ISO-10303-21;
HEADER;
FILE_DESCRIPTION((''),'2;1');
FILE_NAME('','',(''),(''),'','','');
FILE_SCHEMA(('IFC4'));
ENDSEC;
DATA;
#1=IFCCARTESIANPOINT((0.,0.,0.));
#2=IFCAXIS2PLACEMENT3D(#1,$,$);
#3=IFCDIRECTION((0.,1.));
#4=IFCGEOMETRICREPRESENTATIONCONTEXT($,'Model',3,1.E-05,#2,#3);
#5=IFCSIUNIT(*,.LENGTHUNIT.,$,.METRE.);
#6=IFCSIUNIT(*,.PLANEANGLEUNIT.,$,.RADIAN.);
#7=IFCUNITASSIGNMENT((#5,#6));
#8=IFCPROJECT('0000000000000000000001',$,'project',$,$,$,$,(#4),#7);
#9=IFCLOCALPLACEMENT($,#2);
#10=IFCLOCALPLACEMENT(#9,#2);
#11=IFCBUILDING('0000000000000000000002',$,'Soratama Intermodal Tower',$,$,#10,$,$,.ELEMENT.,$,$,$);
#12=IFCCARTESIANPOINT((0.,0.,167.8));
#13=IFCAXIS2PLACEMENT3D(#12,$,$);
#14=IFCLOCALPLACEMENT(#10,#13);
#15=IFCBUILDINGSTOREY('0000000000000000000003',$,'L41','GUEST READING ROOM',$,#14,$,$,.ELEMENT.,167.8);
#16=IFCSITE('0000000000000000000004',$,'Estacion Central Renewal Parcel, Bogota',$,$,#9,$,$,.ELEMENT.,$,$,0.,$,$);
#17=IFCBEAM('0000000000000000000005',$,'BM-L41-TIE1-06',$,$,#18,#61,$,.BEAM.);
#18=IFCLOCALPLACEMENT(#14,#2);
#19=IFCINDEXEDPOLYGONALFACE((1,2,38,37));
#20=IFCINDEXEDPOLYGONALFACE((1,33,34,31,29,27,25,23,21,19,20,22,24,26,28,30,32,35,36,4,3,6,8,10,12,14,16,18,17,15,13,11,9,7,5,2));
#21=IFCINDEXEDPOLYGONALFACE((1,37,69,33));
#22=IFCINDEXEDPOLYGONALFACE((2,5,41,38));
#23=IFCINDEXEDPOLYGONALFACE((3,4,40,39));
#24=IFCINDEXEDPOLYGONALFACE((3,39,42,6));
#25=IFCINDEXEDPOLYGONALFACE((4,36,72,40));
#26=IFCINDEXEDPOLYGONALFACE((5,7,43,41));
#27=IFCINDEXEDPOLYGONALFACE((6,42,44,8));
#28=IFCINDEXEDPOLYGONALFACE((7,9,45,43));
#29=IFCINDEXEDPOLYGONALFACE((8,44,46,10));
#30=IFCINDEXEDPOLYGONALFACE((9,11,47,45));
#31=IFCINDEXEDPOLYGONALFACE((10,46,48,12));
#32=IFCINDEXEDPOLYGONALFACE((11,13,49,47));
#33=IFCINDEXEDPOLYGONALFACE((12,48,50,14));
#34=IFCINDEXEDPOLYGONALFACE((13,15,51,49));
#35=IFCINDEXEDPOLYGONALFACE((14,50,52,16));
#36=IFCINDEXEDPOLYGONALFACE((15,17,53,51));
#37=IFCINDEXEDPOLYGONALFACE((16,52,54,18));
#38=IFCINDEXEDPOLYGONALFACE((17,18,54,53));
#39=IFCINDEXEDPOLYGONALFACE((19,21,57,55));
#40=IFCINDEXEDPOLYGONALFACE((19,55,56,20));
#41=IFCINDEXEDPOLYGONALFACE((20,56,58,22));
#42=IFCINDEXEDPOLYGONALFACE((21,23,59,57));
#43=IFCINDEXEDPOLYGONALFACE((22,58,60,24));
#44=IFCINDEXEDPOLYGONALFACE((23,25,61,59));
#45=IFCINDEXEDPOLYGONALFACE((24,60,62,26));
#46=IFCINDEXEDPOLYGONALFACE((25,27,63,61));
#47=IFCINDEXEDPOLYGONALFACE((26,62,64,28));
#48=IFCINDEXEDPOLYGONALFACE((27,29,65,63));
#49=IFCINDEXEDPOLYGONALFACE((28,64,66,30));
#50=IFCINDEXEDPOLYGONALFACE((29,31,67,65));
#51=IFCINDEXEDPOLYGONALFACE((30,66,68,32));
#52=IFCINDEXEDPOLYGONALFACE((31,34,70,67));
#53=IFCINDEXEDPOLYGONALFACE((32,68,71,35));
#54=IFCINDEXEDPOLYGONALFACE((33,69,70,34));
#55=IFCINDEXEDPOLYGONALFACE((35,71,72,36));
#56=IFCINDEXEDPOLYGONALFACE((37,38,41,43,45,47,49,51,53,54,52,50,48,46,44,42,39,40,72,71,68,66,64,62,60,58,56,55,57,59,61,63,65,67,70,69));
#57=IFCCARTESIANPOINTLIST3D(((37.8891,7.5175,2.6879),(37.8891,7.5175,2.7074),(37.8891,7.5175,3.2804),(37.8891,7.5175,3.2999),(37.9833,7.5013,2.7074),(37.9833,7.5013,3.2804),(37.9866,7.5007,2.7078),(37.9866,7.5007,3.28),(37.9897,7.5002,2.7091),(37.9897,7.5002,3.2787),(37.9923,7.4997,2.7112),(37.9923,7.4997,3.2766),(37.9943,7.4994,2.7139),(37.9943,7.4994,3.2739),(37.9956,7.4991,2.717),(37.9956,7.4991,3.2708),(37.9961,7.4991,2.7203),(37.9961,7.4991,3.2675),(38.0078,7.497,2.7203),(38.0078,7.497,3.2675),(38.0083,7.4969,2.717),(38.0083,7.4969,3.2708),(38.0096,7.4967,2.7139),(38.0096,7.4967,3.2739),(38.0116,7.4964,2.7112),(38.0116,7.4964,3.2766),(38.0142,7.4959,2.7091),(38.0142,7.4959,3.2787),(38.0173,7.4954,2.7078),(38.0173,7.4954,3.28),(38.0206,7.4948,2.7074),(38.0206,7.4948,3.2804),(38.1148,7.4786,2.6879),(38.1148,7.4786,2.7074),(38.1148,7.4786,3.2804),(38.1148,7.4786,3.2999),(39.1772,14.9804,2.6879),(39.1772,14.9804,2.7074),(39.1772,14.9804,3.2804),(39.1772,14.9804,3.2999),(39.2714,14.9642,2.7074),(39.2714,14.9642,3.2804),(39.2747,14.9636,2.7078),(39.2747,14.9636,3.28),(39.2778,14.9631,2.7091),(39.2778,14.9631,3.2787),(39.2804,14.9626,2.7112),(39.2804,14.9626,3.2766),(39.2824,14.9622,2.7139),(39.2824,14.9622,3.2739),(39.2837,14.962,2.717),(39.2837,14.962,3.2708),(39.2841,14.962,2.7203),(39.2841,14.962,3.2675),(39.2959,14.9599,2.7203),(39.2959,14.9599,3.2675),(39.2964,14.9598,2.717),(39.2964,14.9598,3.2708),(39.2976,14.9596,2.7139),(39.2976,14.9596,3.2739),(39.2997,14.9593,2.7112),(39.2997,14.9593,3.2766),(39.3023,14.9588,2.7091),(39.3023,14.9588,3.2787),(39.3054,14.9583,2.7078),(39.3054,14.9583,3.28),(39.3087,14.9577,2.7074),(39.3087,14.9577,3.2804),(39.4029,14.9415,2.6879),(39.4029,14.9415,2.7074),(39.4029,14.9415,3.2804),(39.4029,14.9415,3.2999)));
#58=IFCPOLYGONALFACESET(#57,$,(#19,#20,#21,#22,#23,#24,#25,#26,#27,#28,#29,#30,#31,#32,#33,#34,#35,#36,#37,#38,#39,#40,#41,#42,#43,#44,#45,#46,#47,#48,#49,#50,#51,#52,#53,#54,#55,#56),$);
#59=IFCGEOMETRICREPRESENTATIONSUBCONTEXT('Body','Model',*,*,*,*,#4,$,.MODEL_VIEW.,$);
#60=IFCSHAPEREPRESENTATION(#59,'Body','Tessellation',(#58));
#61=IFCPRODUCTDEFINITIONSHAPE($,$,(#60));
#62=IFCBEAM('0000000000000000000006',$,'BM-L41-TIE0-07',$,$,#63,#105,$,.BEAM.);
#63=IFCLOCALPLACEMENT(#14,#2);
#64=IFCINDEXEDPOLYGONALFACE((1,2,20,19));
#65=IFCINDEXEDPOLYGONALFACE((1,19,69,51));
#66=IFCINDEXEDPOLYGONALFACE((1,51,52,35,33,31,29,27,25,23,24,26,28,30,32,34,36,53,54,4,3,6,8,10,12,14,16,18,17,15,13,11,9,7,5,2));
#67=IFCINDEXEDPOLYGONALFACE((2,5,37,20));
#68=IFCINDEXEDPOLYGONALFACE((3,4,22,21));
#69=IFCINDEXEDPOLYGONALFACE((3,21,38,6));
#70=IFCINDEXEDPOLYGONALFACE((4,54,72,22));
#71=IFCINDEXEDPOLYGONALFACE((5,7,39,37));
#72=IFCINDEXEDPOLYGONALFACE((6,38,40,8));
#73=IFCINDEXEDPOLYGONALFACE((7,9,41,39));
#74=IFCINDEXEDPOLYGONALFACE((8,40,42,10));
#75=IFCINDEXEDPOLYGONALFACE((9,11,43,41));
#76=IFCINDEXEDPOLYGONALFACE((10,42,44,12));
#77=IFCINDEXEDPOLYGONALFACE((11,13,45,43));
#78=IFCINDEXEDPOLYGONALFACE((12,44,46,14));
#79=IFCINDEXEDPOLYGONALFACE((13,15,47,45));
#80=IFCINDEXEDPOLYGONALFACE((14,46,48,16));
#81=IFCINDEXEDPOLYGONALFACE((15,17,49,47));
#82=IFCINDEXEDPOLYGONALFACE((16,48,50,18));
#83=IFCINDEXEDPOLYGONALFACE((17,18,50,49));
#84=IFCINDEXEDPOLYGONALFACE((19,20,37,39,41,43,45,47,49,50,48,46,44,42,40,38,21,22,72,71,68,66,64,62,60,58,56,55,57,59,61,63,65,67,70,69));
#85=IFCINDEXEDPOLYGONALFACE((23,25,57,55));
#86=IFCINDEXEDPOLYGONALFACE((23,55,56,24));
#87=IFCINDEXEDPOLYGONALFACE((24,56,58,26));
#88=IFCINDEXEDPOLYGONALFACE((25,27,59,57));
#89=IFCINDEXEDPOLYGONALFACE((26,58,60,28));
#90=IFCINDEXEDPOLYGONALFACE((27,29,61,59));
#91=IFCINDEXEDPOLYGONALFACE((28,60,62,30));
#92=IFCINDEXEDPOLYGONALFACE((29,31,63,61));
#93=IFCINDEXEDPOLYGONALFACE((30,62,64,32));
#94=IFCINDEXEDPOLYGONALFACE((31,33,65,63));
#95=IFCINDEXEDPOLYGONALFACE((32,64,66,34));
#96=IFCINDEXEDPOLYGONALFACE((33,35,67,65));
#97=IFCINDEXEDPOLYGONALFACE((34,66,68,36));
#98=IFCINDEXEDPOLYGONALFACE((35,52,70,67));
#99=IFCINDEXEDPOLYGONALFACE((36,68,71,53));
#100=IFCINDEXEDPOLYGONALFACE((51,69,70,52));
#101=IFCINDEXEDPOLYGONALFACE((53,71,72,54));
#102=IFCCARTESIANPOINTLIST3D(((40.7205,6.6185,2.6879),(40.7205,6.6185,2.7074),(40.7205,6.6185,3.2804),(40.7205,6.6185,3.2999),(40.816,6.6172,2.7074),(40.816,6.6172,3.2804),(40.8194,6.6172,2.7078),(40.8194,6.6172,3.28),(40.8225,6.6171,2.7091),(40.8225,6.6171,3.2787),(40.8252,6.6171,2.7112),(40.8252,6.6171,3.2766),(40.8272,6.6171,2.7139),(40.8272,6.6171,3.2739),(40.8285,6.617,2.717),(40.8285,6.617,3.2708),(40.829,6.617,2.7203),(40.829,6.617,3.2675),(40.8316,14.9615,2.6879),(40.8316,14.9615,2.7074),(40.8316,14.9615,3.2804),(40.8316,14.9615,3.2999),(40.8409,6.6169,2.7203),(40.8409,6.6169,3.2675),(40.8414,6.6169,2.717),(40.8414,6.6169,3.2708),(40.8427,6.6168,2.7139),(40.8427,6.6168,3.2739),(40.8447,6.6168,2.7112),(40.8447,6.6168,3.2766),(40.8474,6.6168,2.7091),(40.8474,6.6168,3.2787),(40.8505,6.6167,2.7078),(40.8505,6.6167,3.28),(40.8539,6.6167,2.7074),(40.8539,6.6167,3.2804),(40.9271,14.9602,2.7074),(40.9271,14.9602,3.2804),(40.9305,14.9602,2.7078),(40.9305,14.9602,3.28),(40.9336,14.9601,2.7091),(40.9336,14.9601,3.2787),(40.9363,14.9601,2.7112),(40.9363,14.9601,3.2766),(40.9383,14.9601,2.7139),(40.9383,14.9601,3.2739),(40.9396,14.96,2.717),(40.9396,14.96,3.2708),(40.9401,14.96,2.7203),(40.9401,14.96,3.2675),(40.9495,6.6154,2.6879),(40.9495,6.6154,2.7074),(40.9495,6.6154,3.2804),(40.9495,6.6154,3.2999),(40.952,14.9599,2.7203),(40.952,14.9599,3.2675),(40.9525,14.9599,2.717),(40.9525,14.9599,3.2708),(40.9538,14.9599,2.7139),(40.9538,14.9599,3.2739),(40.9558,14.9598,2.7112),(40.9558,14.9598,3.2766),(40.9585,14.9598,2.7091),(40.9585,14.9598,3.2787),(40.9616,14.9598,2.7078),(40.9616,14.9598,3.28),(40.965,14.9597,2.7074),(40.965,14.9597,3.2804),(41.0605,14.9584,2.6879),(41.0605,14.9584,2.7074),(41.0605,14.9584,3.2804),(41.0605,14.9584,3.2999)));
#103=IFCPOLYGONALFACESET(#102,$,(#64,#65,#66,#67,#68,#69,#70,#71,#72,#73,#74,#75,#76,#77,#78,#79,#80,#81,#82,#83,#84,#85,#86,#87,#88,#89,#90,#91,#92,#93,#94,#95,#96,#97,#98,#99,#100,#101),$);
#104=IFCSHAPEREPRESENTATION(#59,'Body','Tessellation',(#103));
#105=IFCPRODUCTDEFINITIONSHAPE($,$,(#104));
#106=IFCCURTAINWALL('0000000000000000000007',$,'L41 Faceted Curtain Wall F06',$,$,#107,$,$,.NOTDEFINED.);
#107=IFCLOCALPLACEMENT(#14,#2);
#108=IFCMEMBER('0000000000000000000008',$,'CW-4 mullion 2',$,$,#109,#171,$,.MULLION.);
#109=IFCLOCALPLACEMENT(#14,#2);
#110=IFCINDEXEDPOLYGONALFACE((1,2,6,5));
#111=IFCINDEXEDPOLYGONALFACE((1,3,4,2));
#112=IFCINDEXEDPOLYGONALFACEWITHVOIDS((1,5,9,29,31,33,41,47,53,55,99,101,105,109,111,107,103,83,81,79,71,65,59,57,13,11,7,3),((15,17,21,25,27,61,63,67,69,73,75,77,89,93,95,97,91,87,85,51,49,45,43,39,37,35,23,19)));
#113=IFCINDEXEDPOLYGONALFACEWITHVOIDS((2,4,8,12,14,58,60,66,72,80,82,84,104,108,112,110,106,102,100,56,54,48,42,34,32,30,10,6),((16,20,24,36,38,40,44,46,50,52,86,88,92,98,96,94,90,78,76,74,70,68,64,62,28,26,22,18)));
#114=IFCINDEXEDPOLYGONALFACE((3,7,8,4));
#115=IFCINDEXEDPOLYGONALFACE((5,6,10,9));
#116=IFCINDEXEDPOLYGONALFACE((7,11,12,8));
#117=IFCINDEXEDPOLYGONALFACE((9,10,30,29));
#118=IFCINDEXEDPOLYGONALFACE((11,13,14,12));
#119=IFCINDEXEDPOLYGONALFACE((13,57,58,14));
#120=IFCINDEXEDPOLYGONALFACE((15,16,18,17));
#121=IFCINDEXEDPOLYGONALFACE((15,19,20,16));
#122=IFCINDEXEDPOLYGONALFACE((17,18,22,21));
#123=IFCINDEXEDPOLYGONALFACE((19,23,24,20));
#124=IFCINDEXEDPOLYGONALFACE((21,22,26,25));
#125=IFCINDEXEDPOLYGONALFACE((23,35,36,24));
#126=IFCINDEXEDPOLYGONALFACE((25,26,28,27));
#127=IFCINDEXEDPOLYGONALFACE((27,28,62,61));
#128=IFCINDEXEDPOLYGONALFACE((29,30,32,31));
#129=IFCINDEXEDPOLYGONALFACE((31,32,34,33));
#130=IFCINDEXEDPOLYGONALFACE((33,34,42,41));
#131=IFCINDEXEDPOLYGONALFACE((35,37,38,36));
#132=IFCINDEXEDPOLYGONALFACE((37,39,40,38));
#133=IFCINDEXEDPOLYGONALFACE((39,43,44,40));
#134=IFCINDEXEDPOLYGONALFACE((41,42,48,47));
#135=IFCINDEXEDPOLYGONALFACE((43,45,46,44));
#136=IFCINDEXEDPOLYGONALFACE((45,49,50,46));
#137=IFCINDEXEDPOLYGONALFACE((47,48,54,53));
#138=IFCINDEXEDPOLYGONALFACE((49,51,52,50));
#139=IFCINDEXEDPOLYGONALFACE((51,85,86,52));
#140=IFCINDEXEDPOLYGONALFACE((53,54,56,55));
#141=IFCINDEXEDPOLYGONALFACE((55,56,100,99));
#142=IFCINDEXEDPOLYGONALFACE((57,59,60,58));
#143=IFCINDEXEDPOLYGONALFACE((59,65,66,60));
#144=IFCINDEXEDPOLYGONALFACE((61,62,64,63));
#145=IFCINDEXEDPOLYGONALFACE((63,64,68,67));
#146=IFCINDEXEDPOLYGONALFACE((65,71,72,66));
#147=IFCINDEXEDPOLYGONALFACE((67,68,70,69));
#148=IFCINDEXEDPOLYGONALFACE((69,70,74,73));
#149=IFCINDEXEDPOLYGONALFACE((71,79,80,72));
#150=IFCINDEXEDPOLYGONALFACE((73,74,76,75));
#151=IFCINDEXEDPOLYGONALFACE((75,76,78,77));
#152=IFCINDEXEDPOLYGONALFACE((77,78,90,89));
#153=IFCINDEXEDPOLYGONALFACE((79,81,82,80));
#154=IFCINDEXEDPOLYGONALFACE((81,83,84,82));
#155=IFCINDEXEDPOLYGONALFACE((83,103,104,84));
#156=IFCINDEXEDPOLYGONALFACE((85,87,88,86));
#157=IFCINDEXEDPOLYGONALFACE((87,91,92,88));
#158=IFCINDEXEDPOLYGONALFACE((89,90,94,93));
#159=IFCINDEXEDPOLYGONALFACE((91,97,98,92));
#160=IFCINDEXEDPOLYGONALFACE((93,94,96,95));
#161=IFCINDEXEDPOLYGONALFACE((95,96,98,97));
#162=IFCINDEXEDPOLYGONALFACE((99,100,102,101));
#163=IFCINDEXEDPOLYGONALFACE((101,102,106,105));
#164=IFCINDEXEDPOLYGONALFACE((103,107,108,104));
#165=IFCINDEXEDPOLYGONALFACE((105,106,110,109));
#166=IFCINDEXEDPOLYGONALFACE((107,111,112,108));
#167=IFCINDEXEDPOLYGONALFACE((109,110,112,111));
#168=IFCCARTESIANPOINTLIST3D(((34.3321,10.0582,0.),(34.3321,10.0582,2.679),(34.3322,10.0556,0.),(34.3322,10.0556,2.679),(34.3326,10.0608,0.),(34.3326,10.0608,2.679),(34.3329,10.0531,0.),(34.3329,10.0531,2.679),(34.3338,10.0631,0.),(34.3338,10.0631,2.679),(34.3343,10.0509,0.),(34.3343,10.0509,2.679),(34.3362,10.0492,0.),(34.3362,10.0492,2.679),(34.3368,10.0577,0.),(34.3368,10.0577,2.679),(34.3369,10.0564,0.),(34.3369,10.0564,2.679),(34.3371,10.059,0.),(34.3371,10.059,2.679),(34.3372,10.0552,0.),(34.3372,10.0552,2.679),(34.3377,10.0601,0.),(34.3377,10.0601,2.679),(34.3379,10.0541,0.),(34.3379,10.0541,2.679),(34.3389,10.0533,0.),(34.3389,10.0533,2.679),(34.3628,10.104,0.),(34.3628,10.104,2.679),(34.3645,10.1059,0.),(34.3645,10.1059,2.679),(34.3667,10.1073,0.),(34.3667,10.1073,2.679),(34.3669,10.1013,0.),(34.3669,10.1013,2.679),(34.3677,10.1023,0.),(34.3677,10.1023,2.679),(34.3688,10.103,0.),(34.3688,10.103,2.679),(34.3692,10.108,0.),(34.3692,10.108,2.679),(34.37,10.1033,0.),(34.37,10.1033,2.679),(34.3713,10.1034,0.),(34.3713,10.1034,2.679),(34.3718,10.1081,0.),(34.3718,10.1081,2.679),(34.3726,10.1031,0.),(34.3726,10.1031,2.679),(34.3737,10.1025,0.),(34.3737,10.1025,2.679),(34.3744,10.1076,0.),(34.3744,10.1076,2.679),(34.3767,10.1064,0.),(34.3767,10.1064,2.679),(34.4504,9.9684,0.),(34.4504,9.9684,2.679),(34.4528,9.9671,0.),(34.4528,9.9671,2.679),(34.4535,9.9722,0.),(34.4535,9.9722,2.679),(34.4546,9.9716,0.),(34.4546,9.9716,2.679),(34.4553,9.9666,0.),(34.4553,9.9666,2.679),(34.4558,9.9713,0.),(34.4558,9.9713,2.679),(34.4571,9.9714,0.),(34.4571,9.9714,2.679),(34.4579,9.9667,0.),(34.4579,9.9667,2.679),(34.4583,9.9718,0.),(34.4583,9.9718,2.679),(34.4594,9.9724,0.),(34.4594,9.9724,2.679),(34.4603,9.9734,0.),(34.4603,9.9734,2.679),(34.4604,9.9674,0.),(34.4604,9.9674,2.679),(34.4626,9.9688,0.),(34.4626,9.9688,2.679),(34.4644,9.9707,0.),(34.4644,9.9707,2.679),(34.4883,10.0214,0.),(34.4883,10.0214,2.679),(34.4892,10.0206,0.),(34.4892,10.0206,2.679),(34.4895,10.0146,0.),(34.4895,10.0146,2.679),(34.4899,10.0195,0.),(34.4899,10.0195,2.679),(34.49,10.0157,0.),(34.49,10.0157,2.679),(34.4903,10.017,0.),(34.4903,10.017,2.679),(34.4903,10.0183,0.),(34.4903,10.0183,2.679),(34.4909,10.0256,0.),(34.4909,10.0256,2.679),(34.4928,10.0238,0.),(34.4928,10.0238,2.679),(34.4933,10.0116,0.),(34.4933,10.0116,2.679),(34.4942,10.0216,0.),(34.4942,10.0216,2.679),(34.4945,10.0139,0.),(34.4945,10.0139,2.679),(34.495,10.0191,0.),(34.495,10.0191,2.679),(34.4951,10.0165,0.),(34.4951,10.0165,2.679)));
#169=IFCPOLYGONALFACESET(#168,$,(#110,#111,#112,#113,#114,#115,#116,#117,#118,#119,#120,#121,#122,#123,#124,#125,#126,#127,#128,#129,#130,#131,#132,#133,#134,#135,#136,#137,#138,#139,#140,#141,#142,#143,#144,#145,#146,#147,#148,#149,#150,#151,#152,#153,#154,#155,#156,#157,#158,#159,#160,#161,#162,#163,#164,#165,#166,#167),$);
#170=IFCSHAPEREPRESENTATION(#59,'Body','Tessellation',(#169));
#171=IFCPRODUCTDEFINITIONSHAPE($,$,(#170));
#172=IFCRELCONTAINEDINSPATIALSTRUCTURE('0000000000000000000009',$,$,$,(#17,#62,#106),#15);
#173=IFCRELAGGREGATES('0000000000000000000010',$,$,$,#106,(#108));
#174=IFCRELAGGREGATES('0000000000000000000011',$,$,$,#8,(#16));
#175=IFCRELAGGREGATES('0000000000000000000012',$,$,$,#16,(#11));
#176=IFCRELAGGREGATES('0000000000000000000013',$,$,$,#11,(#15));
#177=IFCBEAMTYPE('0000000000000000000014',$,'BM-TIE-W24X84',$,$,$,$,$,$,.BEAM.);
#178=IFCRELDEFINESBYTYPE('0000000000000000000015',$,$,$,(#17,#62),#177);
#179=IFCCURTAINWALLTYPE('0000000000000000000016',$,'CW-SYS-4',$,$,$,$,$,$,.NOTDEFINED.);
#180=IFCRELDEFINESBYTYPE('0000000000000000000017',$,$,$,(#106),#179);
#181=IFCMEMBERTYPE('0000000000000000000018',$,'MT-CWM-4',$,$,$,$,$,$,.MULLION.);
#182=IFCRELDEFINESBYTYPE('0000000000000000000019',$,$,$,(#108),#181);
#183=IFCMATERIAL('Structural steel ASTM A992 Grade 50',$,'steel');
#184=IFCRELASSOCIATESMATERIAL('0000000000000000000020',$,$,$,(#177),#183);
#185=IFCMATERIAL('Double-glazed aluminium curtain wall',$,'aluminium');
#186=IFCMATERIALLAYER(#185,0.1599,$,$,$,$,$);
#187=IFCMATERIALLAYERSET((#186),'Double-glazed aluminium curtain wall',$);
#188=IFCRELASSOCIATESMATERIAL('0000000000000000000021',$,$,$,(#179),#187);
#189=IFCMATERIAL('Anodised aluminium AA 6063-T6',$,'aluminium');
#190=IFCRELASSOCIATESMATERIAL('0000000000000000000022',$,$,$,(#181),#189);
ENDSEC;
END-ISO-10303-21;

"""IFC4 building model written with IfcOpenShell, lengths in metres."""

from ifc_helpers import new_model, si_unit, direction, frame, origin, origin_2d, place, context, subcontext, project, spatial, hollow_rectangle, i_section, extrude, material, layer, layer_set, material_profile, profile_set, type_object, element, aggregate, save


model = new_model("IFC4")

# Units and contexts
model_context = context("Model", 3, precision=1e-05, world=origin(), true_north=direction((0.0, 1.0)))
body_context = subcontext(model_context, "Body", "Model", "MODEL_VIEW")
ifc_project = project(units=[si_unit("LENGTHUNIT", "METRE"), si_unit("PLANEANGLEUNIT", "RADIAN")], contexts=[model_context])

# Site, building, storey
site_placement = place(None, origin())
site = spatial("IfcSite", under=ifc_project, at=site_placement, Name="Estacion Central Renewal Parcel, Bogota", CompositionType="ELEMENT", RefElevation=0.0)
building_placement = place(site_placement, origin())
building = spatial("IfcBuilding", under=site, at=building_placement, Name="Soratama Intermodal Tower", CompositionType="ELEMENT")
storey_placement = place(building_placement, frame((0.0, 0.0, 167.8)))
storey = spatial("IfcBuildingStorey", under=building, at=storey_placement, Name="L41", Description="GUEST READING ROOM", CompositionType="ELEMENT", Elevation=167.8)

# Beams
ifc_material_1 = material(Name="Structural steel ASTM A992 Grade 50", Category="steel")
ifc_material_profile_1 = material_profile(ifc_material_1, i_section(OverallWidth=0.229, OverallDepth=0.6121, WebThickness=0.012, FlangeThickness=0.0195, FilletRadius=0.0129, at=origin_2d()), Name="W24X84")
ifc_profile_set_1 = profile_set([ifc_material_profile_1], Name="Structural steel ASTM A992 Grade 50")
beam_type_1 = type_object("IfcBeamType", Name="BM-TIE-W24X84", PredefinedType="BEAM", material=ifc_profile_set_1)
beam_1_placement = place(storey_placement, frame((39.29, 14.9609, 2.9939), z_axis=(-0.170084, -0.98543, 0.0), x_axis=(0.98543, -0.170084, 0.0)))
element("IfcBeam", 1, at=beam_1_placement, inside=storey, type_object=beam_type_1, Name="BM-L41-TIE1-06", PredefinedType="BEAM", context=body_context, shape_type="SweptSolid", body=[
    extrude(i_section(OverallWidth=0.229, OverallDepth=0.6121, WebThickness=0.012, FlangeThickness=0.0195, FilletRadius=0.0129, at=origin_2d()), origin(), (0.0, 0.0, 1.0), 7.5732),
])
beam_2_placement = place(storey_placement, frame((40.946, 14.96, 2.9939), z_axis=(-0.013313, -0.999911, 0.0), x_axis=(0.999911, -0.013313, 0.0)))
element("IfcBeam", 2, at=beam_2_placement, inside=storey, type_object=beam_type_1, Name="BM-L41-TIE0-07", PredefinedType="BEAM", context=body_context, shape_type="SweptSolid", body=[
    extrude(i_section(OverallWidth=0.229, OverallDepth=0.6121, WebThickness=0.012, FlangeThickness=0.0195, FilletRadius=0.0129, at=origin_2d()), origin(), (0.0, 0.0, 1.0), 8.3438),
])

# Curtain wall, member
ifc_material_2 = material(Name="Double-glazed aluminium curtain wall", Category="aluminium")
ifc_layer_1 = layer(ifc_material_2, 0.1599)
ifc_layer_set_1 = layer_set([ifc_layer_1], Name="Double-glazed aluminium curtain wall")
curtain_wall_type = type_object("IfcCurtainWallType", Name="CW-SYS-4", PredefinedType="NOTDEFINED", material=ifc_layer_set_1)
curtain_wall_placement = place(storey_placement, origin())
curtain_wall = element("IfcCurtainWall", 3, at=curtain_wall_placement, inside=storey, type_object=curtain_wall_type, Name="L41 Faceted Curtain Wall F06", PredefinedType="NOTDEFINED")
ifc_material_3 = material(Name="Anodised aluminium AA 6063-T6", Category="aluminium")
ifc_material_profile_2 = material_profile(ifc_material_3, hollow_rectangle(XDim=0.0701, YDim=0.1599, WallThickness=0.0049, InnerFilletRadius=0.0049, OuterFilletRadius=0.01, at=origin_2d()), Name="CWM160X70X5")
ifc_profile_set_2 = profile_set([ifc_material_profile_2], Name="Anodised aluminium AA 6063-T6")
member_type_1 = type_object("IfcMemberType", Name="MT-CWM-4", PredefinedType="MULLION", material=ifc_profile_set_2)
member_1_placement = place(storey_placement, frame((34.4136, 10.0374, 0.0), z_axis=(0.0, 0.0, 1.0), x_axis=(0.577564, 0.816345, 0.0)))
member_1 = element("IfcMember", 4, at=member_1_placement, type_object=member_type_1, Name="CW-4 mullion 2", PredefinedType="MULLION", context=body_context, shape_type="SweptSolid", body=[
    extrude(hollow_rectangle(XDim=0.0701, YDim=0.1599, WallThickness=0.0049, InnerFilletRadius=0.0049, OuterFilletRadius=0.01, at=origin_2d()), origin(), (0.0, 0.0, 1.0), 2.679),
])
aggregate(curtain_wall, [member_1])

save(model, "model.ifc")
